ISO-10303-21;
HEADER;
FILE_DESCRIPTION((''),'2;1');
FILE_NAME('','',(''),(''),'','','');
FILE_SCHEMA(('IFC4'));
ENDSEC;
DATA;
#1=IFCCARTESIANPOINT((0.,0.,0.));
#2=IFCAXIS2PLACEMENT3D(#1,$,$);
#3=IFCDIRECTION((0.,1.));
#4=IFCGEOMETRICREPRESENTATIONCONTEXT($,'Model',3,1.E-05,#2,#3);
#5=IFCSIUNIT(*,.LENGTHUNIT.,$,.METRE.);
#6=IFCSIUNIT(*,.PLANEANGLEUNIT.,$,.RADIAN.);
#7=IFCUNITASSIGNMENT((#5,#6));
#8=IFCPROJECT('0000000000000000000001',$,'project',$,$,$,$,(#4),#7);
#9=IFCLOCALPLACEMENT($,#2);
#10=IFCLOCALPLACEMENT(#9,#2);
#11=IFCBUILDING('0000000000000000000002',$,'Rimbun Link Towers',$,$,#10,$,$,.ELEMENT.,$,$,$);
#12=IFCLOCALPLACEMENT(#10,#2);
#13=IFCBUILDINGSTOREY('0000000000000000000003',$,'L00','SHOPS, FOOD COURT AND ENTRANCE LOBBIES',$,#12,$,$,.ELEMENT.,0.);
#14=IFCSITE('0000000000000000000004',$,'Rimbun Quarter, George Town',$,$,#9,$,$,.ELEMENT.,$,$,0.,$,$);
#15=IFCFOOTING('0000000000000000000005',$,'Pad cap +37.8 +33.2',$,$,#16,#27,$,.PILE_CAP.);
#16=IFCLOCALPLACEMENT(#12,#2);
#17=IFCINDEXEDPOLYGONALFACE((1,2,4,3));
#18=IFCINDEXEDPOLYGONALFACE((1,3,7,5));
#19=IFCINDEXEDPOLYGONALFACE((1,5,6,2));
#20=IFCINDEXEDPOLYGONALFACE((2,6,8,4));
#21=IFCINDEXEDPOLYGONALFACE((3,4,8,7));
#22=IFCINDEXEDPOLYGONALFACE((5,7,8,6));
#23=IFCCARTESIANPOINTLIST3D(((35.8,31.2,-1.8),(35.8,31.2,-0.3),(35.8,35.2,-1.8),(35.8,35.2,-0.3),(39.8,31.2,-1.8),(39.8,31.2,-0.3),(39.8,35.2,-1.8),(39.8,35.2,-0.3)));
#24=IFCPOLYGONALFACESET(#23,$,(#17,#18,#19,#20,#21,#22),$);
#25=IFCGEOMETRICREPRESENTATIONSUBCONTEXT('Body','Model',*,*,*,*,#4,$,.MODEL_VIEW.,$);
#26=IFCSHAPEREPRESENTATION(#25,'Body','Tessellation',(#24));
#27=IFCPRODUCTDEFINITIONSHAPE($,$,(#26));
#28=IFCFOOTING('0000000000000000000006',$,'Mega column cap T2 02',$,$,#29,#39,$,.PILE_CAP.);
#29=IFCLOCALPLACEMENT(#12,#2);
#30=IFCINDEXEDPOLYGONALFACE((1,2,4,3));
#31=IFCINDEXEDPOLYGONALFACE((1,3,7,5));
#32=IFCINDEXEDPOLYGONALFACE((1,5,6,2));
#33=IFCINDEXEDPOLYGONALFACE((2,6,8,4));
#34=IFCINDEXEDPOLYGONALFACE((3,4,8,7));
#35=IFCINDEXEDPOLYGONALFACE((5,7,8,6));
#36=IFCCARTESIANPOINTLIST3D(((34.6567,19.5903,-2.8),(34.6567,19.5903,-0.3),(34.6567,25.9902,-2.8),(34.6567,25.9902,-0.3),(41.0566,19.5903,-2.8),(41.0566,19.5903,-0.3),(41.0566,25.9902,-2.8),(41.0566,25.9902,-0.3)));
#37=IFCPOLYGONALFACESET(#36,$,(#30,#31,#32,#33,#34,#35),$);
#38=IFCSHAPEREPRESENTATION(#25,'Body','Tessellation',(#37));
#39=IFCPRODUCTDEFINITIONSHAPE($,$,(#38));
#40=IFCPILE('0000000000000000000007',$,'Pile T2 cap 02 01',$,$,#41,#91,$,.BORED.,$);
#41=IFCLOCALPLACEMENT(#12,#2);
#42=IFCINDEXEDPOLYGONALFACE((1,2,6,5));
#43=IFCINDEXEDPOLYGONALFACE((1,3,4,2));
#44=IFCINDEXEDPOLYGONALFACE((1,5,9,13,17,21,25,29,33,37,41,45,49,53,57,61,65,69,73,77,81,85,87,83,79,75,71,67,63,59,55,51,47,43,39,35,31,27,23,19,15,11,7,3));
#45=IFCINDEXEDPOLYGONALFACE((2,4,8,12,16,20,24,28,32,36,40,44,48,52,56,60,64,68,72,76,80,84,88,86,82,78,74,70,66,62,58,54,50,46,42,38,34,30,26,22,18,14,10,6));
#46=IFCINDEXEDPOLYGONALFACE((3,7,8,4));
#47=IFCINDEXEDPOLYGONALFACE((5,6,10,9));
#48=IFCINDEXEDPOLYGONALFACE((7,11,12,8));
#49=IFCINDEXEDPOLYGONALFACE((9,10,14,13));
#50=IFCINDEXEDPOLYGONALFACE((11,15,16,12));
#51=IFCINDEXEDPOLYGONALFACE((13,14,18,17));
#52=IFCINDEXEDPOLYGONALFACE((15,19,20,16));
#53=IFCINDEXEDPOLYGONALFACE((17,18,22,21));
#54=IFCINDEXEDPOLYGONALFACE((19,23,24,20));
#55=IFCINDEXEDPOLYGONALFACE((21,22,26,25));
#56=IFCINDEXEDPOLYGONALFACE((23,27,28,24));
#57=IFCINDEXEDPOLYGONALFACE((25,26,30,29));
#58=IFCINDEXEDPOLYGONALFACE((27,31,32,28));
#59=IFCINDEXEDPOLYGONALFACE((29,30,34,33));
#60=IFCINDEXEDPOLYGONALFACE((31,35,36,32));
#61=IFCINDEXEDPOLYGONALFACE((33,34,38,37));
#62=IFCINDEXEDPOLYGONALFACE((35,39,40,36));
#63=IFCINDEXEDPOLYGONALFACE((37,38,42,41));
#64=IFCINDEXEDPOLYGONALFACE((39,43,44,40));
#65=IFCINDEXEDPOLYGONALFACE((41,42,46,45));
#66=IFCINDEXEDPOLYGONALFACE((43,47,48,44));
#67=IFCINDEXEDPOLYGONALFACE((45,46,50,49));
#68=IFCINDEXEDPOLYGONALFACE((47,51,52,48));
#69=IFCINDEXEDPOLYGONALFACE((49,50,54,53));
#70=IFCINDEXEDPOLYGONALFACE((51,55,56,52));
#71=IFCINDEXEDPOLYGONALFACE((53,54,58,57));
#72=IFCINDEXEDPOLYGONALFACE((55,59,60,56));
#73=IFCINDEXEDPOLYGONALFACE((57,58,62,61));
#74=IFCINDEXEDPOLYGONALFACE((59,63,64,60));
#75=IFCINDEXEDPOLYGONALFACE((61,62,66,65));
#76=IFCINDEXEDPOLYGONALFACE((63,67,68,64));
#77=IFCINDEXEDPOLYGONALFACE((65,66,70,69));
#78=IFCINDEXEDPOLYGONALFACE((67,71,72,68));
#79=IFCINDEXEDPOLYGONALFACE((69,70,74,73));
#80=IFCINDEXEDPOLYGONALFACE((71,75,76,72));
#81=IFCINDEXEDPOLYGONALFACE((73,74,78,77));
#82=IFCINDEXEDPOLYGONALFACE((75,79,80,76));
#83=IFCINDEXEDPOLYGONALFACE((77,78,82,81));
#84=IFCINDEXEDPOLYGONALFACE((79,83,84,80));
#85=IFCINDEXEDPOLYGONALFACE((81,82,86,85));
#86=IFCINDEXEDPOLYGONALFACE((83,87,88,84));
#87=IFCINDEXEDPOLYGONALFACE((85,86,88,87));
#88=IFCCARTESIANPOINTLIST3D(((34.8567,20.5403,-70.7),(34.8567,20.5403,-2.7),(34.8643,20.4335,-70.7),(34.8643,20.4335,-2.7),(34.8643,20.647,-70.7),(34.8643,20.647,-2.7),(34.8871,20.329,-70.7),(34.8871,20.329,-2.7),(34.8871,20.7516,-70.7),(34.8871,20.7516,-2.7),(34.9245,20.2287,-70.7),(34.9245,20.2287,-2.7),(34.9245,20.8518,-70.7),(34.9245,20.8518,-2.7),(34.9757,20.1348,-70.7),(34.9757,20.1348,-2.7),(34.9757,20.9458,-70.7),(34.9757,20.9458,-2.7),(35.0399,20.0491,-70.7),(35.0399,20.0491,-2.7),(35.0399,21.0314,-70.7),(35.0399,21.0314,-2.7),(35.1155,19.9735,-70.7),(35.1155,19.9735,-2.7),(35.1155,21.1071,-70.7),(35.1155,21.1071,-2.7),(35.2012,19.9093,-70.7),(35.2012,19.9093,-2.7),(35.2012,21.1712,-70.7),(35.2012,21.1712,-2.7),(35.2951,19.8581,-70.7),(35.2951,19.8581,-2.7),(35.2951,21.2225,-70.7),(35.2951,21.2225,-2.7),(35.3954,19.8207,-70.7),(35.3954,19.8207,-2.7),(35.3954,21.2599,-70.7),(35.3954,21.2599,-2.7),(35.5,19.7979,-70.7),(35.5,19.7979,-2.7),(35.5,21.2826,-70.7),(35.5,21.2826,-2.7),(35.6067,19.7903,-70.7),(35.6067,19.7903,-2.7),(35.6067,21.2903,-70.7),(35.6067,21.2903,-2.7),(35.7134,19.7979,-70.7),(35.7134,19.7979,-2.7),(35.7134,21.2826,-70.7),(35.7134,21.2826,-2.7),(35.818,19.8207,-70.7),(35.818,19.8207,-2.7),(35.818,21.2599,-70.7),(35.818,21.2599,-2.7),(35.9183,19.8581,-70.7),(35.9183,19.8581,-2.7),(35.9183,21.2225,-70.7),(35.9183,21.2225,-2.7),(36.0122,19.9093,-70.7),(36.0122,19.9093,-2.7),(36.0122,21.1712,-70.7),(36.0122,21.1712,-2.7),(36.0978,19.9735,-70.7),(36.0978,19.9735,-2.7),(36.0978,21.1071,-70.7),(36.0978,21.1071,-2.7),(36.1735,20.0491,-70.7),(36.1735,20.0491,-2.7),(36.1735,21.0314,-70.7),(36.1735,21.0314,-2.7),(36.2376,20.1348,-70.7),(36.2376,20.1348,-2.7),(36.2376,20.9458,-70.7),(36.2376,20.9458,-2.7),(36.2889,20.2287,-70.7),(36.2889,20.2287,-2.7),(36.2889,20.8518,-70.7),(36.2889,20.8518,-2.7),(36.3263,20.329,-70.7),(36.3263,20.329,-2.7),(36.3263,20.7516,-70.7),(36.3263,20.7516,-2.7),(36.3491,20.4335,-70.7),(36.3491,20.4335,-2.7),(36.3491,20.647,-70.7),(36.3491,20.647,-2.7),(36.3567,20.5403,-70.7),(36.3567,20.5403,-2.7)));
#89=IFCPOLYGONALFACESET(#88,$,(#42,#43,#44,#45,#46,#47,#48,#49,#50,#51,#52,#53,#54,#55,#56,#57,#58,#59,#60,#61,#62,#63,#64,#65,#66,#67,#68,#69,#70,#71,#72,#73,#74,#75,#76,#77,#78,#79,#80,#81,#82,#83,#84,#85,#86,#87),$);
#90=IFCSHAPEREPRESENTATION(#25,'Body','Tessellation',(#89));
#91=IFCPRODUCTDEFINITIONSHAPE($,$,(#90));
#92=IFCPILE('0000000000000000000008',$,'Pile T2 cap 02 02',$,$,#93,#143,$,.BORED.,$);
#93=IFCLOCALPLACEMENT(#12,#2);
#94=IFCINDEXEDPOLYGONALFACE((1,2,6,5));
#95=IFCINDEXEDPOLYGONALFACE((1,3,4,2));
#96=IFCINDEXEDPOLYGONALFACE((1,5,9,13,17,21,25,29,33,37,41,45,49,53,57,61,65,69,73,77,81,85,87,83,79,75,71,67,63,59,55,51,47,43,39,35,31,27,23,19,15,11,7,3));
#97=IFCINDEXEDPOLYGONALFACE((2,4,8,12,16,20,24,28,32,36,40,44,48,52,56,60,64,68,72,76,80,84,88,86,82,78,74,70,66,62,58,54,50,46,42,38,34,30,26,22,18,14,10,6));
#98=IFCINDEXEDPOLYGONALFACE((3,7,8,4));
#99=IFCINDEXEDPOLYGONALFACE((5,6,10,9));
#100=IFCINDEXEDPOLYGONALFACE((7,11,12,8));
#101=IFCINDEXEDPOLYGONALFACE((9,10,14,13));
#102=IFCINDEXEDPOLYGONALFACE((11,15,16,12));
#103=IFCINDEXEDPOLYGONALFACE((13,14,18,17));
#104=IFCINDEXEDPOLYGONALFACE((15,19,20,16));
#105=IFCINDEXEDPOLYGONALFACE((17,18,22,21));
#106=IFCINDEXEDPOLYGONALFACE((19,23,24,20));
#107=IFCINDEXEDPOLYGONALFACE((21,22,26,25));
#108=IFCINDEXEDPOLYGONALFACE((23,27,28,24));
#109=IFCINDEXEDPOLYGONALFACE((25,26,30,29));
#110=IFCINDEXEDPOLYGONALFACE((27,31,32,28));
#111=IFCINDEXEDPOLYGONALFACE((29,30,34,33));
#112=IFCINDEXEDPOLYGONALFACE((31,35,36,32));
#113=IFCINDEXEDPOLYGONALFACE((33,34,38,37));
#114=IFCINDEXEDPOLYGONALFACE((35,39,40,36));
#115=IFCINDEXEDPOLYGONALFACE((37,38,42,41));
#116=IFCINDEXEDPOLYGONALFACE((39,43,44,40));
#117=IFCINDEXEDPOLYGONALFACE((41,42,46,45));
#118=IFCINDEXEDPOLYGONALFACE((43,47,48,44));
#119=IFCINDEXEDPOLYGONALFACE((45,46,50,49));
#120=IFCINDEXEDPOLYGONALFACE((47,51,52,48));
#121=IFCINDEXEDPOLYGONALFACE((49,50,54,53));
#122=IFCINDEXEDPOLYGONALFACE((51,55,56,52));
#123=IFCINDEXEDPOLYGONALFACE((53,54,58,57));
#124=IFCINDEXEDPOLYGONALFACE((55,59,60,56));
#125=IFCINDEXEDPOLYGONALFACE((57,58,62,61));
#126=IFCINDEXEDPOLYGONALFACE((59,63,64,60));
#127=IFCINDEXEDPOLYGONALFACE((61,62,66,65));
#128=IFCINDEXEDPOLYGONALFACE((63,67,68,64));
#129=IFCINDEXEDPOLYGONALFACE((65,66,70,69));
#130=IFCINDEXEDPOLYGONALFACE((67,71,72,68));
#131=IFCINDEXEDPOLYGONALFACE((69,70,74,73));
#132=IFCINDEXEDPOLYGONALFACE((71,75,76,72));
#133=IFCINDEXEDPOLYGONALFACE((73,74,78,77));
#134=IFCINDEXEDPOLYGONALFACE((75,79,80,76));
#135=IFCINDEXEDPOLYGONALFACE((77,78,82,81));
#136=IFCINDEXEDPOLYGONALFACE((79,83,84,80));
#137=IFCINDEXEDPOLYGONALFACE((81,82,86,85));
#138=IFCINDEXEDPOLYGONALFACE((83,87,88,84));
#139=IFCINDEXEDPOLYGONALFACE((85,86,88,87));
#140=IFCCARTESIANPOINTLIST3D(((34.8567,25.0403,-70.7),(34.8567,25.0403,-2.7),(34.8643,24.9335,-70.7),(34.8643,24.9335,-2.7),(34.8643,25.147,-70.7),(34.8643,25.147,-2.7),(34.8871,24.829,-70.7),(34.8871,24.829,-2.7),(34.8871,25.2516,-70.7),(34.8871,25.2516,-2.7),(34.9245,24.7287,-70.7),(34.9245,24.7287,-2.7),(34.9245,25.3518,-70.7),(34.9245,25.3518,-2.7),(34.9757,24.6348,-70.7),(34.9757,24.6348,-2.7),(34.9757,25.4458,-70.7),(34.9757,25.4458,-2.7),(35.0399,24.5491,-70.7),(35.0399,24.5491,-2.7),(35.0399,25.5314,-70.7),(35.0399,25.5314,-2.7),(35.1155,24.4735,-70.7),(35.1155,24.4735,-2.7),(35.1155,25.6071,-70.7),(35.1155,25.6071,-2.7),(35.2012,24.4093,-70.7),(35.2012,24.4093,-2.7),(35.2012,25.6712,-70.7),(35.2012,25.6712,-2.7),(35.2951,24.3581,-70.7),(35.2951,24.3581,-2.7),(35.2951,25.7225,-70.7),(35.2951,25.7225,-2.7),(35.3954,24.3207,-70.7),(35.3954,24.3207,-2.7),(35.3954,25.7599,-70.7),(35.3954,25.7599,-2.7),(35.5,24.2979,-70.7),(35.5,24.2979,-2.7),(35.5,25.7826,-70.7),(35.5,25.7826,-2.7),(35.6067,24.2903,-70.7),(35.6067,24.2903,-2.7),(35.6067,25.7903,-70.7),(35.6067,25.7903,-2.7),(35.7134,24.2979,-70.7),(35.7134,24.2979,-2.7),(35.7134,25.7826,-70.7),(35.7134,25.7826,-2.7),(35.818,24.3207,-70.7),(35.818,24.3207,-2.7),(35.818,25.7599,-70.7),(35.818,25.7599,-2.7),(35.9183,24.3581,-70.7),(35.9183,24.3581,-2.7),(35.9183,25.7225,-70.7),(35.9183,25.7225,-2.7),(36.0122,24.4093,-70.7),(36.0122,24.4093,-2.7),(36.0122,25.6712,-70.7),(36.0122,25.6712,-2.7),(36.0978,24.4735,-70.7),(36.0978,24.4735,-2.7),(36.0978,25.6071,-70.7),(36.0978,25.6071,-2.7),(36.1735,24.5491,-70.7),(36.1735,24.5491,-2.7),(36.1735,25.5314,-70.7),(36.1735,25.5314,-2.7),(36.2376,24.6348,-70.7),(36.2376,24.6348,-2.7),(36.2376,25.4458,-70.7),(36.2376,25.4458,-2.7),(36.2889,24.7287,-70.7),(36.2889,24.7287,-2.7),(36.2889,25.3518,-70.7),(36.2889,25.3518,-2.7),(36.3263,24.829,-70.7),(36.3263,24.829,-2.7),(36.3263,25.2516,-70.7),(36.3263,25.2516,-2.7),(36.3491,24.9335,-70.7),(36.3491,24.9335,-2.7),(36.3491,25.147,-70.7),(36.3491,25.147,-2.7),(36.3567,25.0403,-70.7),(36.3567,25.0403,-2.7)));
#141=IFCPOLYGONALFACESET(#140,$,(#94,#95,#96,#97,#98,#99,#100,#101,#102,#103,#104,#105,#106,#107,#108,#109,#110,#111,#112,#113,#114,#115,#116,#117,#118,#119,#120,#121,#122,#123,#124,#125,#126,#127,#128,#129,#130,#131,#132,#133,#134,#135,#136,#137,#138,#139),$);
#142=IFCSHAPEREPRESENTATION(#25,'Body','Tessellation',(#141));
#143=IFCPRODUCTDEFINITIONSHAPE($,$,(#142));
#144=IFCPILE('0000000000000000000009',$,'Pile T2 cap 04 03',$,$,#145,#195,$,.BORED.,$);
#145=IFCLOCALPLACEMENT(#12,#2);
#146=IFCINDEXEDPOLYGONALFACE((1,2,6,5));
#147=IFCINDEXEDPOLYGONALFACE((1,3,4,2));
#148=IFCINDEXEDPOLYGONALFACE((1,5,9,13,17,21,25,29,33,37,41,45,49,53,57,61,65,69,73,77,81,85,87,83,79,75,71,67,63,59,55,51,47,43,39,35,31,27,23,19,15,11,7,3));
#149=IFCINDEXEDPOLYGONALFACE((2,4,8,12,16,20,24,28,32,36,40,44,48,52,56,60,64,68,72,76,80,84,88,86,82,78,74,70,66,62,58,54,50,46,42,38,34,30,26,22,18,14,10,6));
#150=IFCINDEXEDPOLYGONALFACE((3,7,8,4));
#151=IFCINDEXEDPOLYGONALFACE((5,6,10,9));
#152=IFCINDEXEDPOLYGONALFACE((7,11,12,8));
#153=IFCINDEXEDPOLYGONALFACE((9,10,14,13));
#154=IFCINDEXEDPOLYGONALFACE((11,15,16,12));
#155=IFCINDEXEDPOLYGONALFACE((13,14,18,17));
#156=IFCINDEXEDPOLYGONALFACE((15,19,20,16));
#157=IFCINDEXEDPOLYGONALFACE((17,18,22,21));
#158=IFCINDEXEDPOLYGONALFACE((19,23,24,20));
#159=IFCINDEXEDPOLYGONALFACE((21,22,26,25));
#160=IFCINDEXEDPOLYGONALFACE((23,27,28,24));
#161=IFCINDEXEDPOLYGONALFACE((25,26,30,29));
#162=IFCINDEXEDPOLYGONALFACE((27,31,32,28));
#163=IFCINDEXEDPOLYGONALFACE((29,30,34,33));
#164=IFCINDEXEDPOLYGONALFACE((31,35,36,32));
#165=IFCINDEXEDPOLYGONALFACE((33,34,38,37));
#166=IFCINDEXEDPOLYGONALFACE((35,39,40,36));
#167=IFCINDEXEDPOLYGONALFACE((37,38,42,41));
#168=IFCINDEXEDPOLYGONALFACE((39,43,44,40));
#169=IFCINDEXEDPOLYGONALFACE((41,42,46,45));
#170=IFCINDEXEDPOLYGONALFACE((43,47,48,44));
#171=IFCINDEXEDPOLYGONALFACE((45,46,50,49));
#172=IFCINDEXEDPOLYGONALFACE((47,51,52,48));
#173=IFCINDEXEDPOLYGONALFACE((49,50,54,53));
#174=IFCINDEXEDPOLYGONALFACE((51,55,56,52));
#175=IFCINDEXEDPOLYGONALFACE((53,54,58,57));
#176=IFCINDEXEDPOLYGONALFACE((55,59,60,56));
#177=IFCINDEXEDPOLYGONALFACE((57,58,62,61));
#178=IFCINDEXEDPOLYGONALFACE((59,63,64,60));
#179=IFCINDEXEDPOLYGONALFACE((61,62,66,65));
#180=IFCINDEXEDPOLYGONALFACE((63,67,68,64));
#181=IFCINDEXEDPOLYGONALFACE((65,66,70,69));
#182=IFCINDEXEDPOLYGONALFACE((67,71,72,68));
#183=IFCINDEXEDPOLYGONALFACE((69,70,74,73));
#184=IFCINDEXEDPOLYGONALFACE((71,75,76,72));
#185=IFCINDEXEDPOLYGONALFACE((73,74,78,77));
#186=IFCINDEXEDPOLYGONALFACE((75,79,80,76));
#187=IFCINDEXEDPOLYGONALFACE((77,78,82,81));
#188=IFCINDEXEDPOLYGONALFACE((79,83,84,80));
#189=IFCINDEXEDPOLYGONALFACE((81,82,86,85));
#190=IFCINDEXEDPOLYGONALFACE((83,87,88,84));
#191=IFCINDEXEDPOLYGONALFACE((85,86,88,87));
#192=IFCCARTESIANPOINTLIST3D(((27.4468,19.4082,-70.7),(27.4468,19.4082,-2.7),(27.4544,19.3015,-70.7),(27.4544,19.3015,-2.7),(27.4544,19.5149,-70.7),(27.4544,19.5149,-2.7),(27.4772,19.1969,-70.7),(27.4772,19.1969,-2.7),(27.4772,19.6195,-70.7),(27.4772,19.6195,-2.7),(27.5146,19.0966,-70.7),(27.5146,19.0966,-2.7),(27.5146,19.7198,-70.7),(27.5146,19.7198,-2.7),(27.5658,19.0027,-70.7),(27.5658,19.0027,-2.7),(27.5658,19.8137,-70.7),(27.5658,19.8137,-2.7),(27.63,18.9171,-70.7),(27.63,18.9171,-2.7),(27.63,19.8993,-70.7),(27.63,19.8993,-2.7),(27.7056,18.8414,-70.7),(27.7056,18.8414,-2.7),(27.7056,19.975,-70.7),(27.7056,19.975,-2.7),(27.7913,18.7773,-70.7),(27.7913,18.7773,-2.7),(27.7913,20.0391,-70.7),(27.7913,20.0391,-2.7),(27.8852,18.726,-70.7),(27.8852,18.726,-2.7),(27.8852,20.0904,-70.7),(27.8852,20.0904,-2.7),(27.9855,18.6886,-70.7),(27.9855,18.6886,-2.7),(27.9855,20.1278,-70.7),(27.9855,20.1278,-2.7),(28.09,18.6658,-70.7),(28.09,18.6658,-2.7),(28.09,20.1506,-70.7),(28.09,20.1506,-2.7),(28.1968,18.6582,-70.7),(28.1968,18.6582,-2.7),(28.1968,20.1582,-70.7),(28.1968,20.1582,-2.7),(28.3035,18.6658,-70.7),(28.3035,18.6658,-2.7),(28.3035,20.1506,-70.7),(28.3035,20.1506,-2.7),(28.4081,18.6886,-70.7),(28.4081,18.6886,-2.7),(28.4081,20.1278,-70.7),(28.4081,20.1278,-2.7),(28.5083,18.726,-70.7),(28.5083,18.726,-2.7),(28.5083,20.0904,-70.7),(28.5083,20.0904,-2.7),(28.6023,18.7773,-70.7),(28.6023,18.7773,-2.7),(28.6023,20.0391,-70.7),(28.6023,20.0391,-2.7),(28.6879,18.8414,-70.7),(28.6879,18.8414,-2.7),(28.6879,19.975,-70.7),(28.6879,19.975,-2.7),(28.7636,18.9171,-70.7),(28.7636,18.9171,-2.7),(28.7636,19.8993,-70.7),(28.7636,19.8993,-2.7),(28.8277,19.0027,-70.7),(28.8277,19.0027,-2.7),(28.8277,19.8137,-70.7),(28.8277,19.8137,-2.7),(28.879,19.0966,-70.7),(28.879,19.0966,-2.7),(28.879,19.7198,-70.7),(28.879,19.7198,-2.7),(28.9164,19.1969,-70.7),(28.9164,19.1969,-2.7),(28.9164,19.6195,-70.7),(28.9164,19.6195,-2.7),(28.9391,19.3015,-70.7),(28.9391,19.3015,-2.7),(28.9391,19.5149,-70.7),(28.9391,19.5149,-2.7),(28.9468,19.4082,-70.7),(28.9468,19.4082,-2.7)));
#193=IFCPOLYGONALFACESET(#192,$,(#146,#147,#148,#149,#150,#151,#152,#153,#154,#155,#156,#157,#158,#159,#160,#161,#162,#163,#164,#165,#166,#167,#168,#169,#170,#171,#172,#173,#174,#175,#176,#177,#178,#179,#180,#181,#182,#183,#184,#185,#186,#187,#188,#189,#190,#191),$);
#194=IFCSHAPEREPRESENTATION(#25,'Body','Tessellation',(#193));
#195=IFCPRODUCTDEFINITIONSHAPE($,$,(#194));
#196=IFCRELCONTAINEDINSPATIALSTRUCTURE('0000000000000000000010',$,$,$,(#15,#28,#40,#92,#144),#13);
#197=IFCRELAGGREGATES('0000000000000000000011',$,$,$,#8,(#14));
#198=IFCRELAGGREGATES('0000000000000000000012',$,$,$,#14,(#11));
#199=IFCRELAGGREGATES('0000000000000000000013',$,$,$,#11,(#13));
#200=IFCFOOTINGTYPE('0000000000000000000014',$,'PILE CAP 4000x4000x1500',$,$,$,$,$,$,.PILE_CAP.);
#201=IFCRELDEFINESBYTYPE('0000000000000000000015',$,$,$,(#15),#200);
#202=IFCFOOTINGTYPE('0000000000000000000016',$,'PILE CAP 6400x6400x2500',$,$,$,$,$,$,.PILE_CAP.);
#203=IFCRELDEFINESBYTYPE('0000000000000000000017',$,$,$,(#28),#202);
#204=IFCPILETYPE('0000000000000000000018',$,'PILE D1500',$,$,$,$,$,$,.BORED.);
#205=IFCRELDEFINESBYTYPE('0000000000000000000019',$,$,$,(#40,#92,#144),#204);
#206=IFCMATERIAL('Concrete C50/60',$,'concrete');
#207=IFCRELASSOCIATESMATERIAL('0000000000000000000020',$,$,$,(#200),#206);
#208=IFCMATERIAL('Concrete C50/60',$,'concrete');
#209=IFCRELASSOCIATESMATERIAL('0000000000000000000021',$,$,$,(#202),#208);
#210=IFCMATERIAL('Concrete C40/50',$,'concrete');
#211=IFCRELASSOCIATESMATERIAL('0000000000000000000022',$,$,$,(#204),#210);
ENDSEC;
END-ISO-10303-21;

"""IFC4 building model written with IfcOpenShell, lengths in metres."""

from ifc_helpers import new_model, si_unit, direction, frame, origin, origin_2d, place, context, subcontext, project, spatial, rectangle, circle, extrude, material, material_profile, profile_set, type_object, element, save


model = new_model("IFC4")

# Units and contexts
model_context = context("Model", 3, precision=1e-05, world=origin(), true_north=direction((0.0, 1.0)))
body_context = subcontext(model_context, "Body", "Model", "MODEL_VIEW")
ifc_project = project(units=[si_unit("LENGTHUNIT", "METRE"), si_unit("PLANEANGLEUNIT", "RADIAN")], contexts=[model_context])

# Site, building, storey
site_placement = place(None, origin())
site = spatial("IfcSite", under=ifc_project, at=site_placement, Name="Rimbun Quarter, George Town", CompositionType="ELEMENT", RefElevation=0.0)
building_placement = place(site_placement, origin())
building = spatial("IfcBuilding", under=site, at=building_placement, Name="Rimbun Link Towers", CompositionType="ELEMENT")
storey_placement = place(building_placement, origin())
storey = spatial("IfcBuildingStorey", under=building, at=storey_placement, Name="L00", Description="SHOPS, FOOD COURT AND ENTRANCE LOBBIES", CompositionType="ELEMENT", Elevation=0.0)

# Footings
ifc_material_1 = material(Name="Concrete C50/60", Category="concrete")
footing_type_1 = type_object("IfcFootingType", Name="PILE CAP 4000x4000x1500", PredefinedType="PILE_CAP", material=ifc_material_1)
footing_1_placement = place(storey_placement, frame((37.8, 33.2, -1.8), z_axis=(0.0, 0.0, 1.0), x_axis=(1.0, 0.0, 0.0)))
element("IfcFooting", 1, at=footing_1_placement, inside=storey, type_object=footing_type_1, Name="Pad cap +37.8 +33.2", PredefinedType="PILE_CAP", context=body_context, shape_type="SweptSolid", body=[
    extrude(rectangle(XDim=4.0, YDim=4.0, at=origin_2d()), origin(), (0.0, 0.0, 1.0), 1.5),
])
ifc_material_2 = material(Name="Concrete C50/60", Category="concrete")
footing_type_2 = type_object("IfcFootingType", Name="PILE CAP 6400x6400x2500", PredefinedType="PILE_CAP", material=ifc_material_2)
footing_2_placement = place(storey_placement, frame((37.8567, 22.7903, -2.8), z_axis=(0.0, 0.0, 1.0), x_axis=(1.0, 0.0, 0.0)))
element("IfcFooting", 2, at=footing_2_placement, inside=storey, type_object=footing_type_2, Name="Mega column cap T2 02", PredefinedType="PILE_CAP", context=body_context, shape_type="SweptSolid", body=[
    extrude(rectangle(XDim=6.3999, YDim=6.3999, at=origin_2d()), origin(), (0.0, 0.0, 1.0), 2.5),
])

# Piles
ifc_material_3 = material(Name="Concrete C40/50", Category="concrete")
ifc_material_profile_1 = material_profile(ifc_material_3, circle(Radius=0.75, at=origin_2d()), Name="PILE D1500")
ifc_profile_set_1 = profile_set([ifc_material_profile_1], Name="Concrete C40/50")
pile_type_1 = type_object("IfcPileType", Name="PILE D1500", PredefinedType="BORED", material=ifc_profile_set_1)
for number, where, z_axis, x_axis, name in (
    (3, (35.6067, 20.5403, -2.7), (0.0, 0.0, -1.0), (1.0, 0.0, 0.0), "Pile T2 cap 02 01"),
    (4, (35.6067, 25.0403, -2.7), (0.0, 0.0, -1.0), (1.0, 0.0, 0.0), "Pile T2 cap 02 02"),
    (5, (28.1968, 19.4082, -2.7), (0.0, 0.0, -1.0), (1.0, 0.0, 0.0), "Pile T2 cap 04 03"),
):
    element("IfcPile", number, at=place(storey_placement, frame(where, z_axis=z_axis, x_axis=x_axis)), inside=storey, type_object=pile_type_1, Name=name, PredefinedType="BORED", context=body_context, shape_type="SweptSolid", body=[
        extrude(circle(Radius=0.75, at=origin_2d()), origin(), (0.0, 0.0, 1.0), 68.0),
    ])

save(model, "model.ifc")
